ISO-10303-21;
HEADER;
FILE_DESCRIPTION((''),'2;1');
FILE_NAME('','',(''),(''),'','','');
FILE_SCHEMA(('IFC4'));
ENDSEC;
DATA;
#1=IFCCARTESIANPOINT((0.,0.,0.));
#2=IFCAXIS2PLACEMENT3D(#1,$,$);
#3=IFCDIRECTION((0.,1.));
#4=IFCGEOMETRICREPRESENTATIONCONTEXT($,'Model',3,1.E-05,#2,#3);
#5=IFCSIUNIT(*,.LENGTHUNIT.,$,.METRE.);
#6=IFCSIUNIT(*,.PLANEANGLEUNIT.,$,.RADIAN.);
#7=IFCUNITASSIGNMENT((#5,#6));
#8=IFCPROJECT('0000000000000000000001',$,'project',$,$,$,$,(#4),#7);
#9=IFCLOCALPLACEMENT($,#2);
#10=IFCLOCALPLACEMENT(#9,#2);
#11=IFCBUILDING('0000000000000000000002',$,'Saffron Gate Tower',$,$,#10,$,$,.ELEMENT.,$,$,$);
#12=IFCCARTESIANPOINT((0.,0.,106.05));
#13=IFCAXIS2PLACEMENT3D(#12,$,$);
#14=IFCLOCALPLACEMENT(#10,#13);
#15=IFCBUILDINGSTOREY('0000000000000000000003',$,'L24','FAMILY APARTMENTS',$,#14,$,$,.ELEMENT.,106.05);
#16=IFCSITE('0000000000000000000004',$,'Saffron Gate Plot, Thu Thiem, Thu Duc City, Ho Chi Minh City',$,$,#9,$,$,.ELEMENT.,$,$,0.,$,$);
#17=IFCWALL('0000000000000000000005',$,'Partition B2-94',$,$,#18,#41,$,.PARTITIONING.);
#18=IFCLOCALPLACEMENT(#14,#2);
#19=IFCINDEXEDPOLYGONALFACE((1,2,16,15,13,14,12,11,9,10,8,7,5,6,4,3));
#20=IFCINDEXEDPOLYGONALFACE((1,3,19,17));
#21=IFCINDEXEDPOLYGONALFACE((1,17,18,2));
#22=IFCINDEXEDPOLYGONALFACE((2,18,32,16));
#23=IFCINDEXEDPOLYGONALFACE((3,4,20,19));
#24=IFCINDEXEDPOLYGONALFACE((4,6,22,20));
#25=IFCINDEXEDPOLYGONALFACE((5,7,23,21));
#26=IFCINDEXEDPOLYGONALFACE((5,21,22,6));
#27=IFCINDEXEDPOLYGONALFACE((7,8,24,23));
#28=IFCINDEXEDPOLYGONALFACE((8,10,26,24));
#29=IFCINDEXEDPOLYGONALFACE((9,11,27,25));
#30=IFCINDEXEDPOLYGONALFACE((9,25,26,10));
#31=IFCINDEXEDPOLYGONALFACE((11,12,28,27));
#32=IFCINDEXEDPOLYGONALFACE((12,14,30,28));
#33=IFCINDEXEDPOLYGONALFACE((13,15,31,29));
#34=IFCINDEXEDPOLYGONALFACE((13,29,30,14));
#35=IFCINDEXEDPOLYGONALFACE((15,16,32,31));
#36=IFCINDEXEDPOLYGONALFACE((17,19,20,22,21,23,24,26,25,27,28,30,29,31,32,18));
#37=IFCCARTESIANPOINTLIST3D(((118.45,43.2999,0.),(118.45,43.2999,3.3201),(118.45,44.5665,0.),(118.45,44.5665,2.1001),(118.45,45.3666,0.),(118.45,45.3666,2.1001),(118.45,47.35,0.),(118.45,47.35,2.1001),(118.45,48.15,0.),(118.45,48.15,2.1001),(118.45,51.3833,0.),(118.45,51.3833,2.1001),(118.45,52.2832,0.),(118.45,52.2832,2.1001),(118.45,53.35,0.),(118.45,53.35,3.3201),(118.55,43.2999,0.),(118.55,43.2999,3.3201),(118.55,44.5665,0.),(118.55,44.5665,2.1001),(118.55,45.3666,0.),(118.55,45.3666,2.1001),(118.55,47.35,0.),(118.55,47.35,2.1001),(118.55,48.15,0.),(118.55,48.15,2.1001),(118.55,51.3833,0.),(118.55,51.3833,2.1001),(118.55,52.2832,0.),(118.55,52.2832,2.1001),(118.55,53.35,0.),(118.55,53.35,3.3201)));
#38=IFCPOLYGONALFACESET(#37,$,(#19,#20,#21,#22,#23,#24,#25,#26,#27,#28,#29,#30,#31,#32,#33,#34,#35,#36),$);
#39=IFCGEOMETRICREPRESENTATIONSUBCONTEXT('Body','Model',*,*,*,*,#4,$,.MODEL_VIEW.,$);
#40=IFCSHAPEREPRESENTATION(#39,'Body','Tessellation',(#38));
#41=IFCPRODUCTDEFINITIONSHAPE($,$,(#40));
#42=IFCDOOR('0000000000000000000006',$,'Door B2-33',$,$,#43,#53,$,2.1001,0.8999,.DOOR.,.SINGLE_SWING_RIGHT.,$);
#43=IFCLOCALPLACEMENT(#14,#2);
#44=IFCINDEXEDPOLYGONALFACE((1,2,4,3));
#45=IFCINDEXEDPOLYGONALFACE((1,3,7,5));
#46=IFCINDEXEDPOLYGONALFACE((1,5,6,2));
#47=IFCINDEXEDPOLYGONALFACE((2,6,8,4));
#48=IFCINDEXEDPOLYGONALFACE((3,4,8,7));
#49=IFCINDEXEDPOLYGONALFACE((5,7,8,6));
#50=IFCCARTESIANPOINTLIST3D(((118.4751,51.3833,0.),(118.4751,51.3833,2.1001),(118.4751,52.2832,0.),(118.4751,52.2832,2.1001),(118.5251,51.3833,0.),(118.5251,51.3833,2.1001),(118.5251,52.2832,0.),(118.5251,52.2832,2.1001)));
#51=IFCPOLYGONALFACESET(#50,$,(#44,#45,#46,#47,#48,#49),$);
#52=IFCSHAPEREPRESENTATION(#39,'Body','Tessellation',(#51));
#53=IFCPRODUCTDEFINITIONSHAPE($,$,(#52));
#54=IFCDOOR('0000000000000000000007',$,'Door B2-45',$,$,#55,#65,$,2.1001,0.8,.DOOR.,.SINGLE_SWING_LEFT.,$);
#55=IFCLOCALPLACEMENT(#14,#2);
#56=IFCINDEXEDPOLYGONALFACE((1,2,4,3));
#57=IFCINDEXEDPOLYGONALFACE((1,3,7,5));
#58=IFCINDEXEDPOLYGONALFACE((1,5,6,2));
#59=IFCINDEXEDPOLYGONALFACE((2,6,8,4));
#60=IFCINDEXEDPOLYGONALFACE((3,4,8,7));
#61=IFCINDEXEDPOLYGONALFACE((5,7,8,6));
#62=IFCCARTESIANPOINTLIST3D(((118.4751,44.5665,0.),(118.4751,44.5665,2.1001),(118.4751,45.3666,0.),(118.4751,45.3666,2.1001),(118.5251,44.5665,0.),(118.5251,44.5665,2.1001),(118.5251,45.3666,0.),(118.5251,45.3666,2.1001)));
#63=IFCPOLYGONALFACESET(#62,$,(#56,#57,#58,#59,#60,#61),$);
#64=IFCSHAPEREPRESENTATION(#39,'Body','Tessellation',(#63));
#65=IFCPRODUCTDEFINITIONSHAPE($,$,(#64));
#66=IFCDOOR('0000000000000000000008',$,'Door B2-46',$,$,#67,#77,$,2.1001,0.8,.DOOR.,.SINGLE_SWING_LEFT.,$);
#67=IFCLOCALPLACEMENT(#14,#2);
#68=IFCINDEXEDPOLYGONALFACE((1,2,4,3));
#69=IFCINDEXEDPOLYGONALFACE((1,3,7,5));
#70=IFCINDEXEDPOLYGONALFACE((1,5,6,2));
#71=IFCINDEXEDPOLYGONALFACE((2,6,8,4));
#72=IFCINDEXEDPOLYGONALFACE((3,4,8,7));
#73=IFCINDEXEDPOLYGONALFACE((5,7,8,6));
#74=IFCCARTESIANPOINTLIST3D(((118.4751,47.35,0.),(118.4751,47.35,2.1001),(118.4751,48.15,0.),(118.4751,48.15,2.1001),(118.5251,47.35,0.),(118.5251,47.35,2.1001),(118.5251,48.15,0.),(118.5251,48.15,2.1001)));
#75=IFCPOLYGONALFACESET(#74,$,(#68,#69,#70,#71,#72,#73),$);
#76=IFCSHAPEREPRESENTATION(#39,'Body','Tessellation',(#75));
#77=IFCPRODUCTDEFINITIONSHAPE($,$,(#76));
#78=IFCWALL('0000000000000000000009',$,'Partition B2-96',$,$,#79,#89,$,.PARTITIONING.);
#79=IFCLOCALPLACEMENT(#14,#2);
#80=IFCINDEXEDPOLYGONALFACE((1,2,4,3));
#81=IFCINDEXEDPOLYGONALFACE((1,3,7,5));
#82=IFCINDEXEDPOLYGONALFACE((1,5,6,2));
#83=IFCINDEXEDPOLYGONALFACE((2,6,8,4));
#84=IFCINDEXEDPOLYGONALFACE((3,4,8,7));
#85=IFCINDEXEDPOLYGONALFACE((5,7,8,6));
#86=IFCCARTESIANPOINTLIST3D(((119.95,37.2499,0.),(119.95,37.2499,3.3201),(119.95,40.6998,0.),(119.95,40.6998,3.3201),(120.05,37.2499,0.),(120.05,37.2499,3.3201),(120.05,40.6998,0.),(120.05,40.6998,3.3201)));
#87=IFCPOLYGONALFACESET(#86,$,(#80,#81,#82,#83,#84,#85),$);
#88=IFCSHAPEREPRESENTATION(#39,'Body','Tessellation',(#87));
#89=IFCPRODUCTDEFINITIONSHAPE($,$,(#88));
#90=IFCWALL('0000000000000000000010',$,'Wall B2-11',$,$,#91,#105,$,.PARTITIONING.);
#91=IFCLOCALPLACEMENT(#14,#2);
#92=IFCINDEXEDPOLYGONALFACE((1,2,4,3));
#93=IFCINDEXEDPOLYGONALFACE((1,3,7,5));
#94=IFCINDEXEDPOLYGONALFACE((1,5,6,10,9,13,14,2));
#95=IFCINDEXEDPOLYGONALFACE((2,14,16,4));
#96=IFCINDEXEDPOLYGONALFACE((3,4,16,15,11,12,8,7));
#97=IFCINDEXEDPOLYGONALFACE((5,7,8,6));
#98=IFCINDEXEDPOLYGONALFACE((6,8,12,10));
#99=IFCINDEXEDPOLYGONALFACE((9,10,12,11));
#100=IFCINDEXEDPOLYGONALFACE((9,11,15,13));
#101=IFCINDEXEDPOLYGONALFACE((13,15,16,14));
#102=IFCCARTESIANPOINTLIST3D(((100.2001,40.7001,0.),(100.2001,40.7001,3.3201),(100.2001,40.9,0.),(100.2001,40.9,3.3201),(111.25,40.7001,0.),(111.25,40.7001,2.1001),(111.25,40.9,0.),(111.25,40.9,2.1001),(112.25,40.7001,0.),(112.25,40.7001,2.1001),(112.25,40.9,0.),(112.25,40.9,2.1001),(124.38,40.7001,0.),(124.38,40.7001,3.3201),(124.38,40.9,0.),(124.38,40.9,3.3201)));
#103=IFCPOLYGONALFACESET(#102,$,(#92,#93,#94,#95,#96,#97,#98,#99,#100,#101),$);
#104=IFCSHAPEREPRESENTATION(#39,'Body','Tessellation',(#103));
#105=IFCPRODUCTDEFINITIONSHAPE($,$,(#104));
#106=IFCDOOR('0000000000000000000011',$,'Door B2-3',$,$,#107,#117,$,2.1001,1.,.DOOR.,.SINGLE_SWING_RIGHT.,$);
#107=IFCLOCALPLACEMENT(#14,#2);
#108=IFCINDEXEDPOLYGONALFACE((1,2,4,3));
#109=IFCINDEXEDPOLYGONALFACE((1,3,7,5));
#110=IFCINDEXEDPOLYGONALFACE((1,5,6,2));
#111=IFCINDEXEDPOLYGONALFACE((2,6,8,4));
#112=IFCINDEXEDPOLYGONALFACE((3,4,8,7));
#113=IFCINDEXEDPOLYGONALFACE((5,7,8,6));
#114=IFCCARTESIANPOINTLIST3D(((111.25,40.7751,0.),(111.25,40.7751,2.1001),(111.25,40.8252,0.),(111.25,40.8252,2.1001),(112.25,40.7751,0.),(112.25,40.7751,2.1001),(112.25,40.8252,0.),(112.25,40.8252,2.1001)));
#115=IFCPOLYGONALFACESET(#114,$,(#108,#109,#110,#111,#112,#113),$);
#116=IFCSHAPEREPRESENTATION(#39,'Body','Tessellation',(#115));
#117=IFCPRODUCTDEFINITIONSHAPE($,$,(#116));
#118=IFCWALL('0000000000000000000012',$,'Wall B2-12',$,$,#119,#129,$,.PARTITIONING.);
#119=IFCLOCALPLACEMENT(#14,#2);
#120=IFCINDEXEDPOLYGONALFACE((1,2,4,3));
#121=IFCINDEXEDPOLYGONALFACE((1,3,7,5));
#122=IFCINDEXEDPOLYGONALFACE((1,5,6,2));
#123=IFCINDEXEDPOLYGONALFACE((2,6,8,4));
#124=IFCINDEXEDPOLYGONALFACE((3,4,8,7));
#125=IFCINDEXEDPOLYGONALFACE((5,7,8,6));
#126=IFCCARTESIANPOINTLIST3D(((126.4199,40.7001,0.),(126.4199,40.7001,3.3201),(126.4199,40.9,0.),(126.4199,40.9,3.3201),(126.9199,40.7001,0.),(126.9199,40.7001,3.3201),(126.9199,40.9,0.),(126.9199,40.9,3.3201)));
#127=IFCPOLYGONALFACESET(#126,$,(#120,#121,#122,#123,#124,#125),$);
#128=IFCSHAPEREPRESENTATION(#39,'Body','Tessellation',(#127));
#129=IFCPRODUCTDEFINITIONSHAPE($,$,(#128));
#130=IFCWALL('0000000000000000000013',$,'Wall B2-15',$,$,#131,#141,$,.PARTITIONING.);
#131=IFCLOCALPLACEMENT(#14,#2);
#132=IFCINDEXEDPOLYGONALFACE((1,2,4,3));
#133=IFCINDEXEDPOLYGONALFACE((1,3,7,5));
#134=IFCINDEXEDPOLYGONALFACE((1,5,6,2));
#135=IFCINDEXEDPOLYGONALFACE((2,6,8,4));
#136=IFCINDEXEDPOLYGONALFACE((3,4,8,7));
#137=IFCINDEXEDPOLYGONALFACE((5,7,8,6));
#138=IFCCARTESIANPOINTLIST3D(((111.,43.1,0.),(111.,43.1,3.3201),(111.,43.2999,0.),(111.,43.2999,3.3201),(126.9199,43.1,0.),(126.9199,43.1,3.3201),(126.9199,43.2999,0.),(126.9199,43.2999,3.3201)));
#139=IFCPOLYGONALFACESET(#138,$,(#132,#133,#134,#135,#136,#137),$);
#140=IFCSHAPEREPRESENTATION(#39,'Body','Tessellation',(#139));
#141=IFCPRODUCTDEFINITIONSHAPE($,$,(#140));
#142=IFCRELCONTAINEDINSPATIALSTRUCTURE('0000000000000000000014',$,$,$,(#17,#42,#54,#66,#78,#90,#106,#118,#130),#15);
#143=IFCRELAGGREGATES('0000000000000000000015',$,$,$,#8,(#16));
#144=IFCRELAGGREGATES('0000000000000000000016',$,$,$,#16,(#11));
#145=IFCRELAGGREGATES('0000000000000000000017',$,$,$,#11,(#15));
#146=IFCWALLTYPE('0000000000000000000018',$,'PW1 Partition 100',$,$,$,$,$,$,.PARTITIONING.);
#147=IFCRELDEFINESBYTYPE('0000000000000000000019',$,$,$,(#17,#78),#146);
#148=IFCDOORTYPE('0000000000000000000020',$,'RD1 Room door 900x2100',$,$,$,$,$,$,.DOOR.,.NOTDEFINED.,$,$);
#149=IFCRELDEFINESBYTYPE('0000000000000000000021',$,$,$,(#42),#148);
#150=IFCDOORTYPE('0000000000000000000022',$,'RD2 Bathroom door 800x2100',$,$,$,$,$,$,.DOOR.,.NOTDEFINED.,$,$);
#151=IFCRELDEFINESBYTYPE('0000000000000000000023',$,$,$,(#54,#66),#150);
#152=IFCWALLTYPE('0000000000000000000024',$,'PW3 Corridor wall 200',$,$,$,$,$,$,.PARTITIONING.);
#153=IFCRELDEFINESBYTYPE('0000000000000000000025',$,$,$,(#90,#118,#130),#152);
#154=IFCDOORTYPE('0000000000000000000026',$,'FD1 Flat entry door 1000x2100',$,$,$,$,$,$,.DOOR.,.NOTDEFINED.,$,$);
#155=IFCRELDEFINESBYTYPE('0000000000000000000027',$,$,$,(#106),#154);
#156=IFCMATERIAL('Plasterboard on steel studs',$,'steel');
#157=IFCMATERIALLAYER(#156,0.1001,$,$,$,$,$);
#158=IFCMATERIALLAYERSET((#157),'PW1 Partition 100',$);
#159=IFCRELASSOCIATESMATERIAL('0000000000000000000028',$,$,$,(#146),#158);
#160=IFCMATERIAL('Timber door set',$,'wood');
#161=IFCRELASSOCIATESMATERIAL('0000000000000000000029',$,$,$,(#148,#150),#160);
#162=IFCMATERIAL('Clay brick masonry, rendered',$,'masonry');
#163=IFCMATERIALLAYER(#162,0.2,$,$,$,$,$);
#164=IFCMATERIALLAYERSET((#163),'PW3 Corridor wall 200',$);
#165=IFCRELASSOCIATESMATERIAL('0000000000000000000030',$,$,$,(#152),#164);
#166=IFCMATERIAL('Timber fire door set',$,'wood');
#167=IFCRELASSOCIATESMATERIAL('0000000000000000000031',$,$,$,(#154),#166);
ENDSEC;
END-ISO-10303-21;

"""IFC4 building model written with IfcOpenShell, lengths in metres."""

from ifc_helpers import new_model, si_unit, direction, frame, frame_2d, origin, place, context, subcontext, project, spatial, rectangle, extrude, material, layer, layer_set, type_object, element, fill, save


model = new_model("IFC4")

# Units and contexts
model_context = context("Model", 3, precision=1e-05, world=origin(), true_north=direction((0.0, 1.0)))
body_context = subcontext(model_context, "Body", "Model", "MODEL_VIEW")
ifc_project = project(units=[si_unit("LENGTHUNIT", "METRE"), si_unit("PLANEANGLEUNIT", "RADIAN")], contexts=[model_context])

# Site, building, storey
site_placement = place(None, origin())
site = spatial("IfcSite", under=ifc_project, at=site_placement, Name="Saffron Gate Plot, Thu Thiem, Thu Duc City, Ho Chi Minh City", CompositionType="ELEMENT", RefElevation=0.0)
building_placement = place(site_placement, origin())
building = spatial("IfcBuilding", under=site, at=building_placement, Name="Saffron Gate Tower", CompositionType="ELEMENT")
storey_placement = place(building_placement, frame((0.0, 0.0, 106.05)))
storey = spatial("IfcBuildingStorey", under=building, at=storey_placement, Name="L24", Description="FAMILY APARTMENTS", CompositionType="ELEMENT", Elevation=106.05)

# Shared definitions
ifc_material_1 = material(Name="Plasterboard on steel studs", Category="steel")
ifc_layer_1 = layer(ifc_material_1, 0.1001)
ifc_layer_set_1 = layer_set([ifc_layer_1], Name="PW1 Partition 100")
wall_type_1 = type_object("IfcWallType", Name="PW1 Partition 100", PredefinedType="PARTITIONING", material=ifc_layer_set_1)

# Wall, openings, doors
wall_1_placement = place(storey_placement, frame((118.5, 43.3, 0.0), z_axis=(0.0, 0.0, 1.0), x_axis=(0.0, 1.0, 0.0)))
wall_1 = element("IfcWall", 1, at=wall_1_placement, inside=storey, type_object=wall_type_1, Name="Partition B2-94", PredefinedType="PARTITIONING", context=body_context, shape_type="SweptSolid", body=[
    extrude(rectangle(XDim=10.05, YDim=0.1001, at=frame_2d((5.0249, 0.0))), origin(), (0.0, 0.0, 1.0), 3.3201),
])
opening_1_placement = place(wall_1_placement, frame((1.2666, 0.0, 0.0)))
opening_1 = element("IfcOpeningElement", 2, at=opening_1_placement, cuts=wall_1, PredefinedType="OPENING", context=body_context, shape_type="SweptSolid", body=[
    extrude(rectangle(XDim=0.8, YDim=2.1001, at=frame_2d((0.3999, 1.05))), frame((0.0, 0.0601, 0.0), z_axis=(0.0, -1.0, 0.0), x_axis=(1.0, 0.0, 0.0)), (0.0, 0.0, 1.0), 0.1201),
])
opening_2_placement = place(wall_1_placement, frame((4.05, 0.0, 0.0)))
opening_2 = element("IfcOpeningElement", 3, at=opening_2_placement, cuts=wall_1, PredefinedType="OPENING", context=body_context, shape_type="SweptSolid", body=[
    extrude(rectangle(XDim=0.8, YDim=2.1001, at=frame_2d((0.3999, 1.05))), frame((0.0, 0.0601, 0.0), z_axis=(0.0, -1.0, 0.0), x_axis=(1.0, 0.0, 0.0)), (0.0, 0.0, 1.0), 0.1201),
])
opening_3_placement = place(wall_1_placement, frame((8.0833, 0.0, 0.0)))
opening_3 = element("IfcOpeningElement", 4, at=opening_3_placement, cuts=wall_1, PredefinedType="OPENING", context=body_context, shape_type="SweptSolid", body=[
    extrude(rectangle(XDim=0.8999, YDim=2.1001, at=frame_2d((0.45, 1.05))), frame((0.0, 0.0601, 0.0), z_axis=(0.0, -1.0, 0.0), x_axis=(1.0, 0.0, 0.0)), (0.0, 0.0, 1.0), 0.1201),
])
ifc_material_2 = material(Name="Timber door set", Category="wood")
door_type_1 = type_object("IfcDoorType", Name="RD1 Room door 900x2100", OperationType="NOTDEFINED", PredefinedType="DOOR", material=ifc_material_2)
door_1_placement = place(opening_3_placement, origin())
door_1 = element("IfcDoor", 5, at=door_1_placement, inside=storey, type_object=door_type_1, Name="Door B2-33", OperationType="SINGLE_SWING_RIGHT", OverallHeight=2.1001, OverallWidth=0.8999, PredefinedType="DOOR", context=body_context, shape_type="SweptSolid", body=[
    extrude(rectangle(XDim=0.8999, YDim=2.1001, at=frame_2d((0.45, 1.05))), frame((0.0, 0.0249, 0.0), z_axis=(0.0, -1.0, 0.0), x_axis=(1.0, 0.0, 0.0)), (0.0, 0.0, 1.0), 0.05),
])
fill(opening_3, door_1)
door_type_2 = type_object("IfcDoorType", Name="RD2 Bathroom door 800x2100", OperationType="NOTDEFINED", PredefinedType="DOOR", material=ifc_material_2)
door_2_placement = place(opening_1_placement, origin())
door_2 = element("IfcDoor", 6, at=door_2_placement, inside=storey, type_object=door_type_2, Name="Door B2-45", OperationType="SINGLE_SWING_LEFT", OverallHeight=2.1001, OverallWidth=0.8, PredefinedType="DOOR", context=body_context, shape_type="SweptSolid", body=[
    extrude(rectangle(XDim=0.8, YDim=2.1001, at=frame_2d((0.3999, 1.05))), frame((0.0, 0.0249, 0.0), z_axis=(0.0, -1.0, 0.0), x_axis=(1.0, 0.0, 0.0)), (0.0, 0.0, 1.0), 0.05),
])
fill(opening_1, door_2)
door_3_placement = place(opening_2_placement, origin())
door_3 = element("IfcDoor", 7, at=door_3_placement, inside=storey, type_object=door_type_2, Name="Door B2-46", OperationType="SINGLE_SWING_LEFT", OverallHeight=2.1001, OverallWidth=0.8, PredefinedType="DOOR", context=body_context, shape_type="SweptSolid", body=[
    extrude(rectangle(XDim=0.8, YDim=2.1001, at=frame_2d((0.3999, 1.05))), frame((0.0, 0.0249, 0.0), z_axis=(0.0, -1.0, 0.0), x_axis=(1.0, 0.0, 0.0)), (0.0, 0.0, 1.0), 0.05),
])
fill(opening_2, door_3)

# Wall
wall_2_placement = place(storey_placement, frame((120.0, 40.7, 0.0), z_axis=(0.0, 0.0, 1.0), x_axis=(0.0, -1.0, 0.0)))
element("IfcWall", 8, at=wall_2_placement, inside=storey, type_object=wall_type_1, Name="Partition B2-96", PredefinedType="PARTITIONING", context=body_context, shape_type="SweptSolid", body=[
    extrude(rectangle(XDim=3.45, YDim=0.1001, at=frame_2d((1.7251, 0.0))), origin(), (0.0, 0.0, 1.0), 3.3201),
])

# Wall, opening, door
ifc_material_3 = material(Name="Clay brick masonry, rendered", Category="masonry")
ifc_layer_2 = layer(ifc_material_3, 0.2)
ifc_layer_set_2 = layer_set([ifc_layer_2], Name="PW3 Corridor wall 200")
wall_type_2 = type_object("IfcWallType", Name="PW3 Corridor wall 200", PredefinedType="PARTITIONING", material=ifc_layer_set_2)
wall_3_placement = place(storey_placement, frame((124.3799, 40.8, 0.0), z_axis=(0.0, 0.0, 1.0), x_axis=(-1.0, 0.0, 0.0)))
wall_3 = element("IfcWall", 9, at=wall_3_placement, inside=storey, type_object=wall_type_2, Name="Wall B2-11", PredefinedType="PARTITIONING", context=body_context, shape_type="SweptSolid", body=[
    extrude(rectangle(XDim=24.1799, YDim=0.2, at=frame_2d((12.0898, 0.0))), origin(), (0.0, 0.0, 1.0), 3.3201),
])
opening_4_placement = place(wall_3_placement, frame((12.1299, 0.0, 0.0)))
opening_4 = element("IfcOpeningElement", 10, at=opening_4_placement, cuts=wall_3, PredefinedType="OPENING", context=body_context, shape_type="SweptSolid", body=[
    extrude(rectangle(XDim=1.0, YDim=2.1001, at=frame_2d((0.5, 1.05))), frame((0.0, 0.1099, 0.0), z_axis=(0.0, -1.0, 0.0), x_axis=(1.0, 0.0, 0.0)), (0.0, 0.0, 1.0), 0.22),
])
ifc_material_4 = material(Name="Timber fire door set", Category="wood")
door_type_3 = type_object("IfcDoorType", Name="FD1 Flat entry door 1000x2100", OperationType="NOTDEFINED", PredefinedType="DOOR", material=ifc_material_4)
door_4_placement = place(opening_4_placement, origin())
door_4 = element("IfcDoor", 11, at=door_4_placement, inside=storey, type_object=door_type_3, Name="Door B2-3", OperationType="SINGLE_SWING_RIGHT", OverallHeight=2.1001, OverallWidth=1.0, PredefinedType="DOOR", context=body_context, shape_type="SweptSolid", body=[
    extrude(rectangle(XDim=1.0, YDim=2.1001, at=frame_2d((0.5, 1.05))), frame((0.0, 0.0249, 0.0), z_axis=(0.0, -1.0, 0.0), x_axis=(1.0, 0.0, 0.0)), (0.0, 0.0, 1.0), 0.05),
])
fill(opening_4, door_4)

# Walls
wall_4_placement = place(storey_placement, frame((126.4199, 40.8, 0.0), z_axis=(0.0, 0.0, 1.0), x_axis=(1.0, 0.0, 0.0)))
element("IfcWall", 12, at=wall_4_placement, inside=storey, type_object=wall_type_2, Name="Wall B2-12", PredefinedType="PARTITIONING", context=body_context, shape_type="SweptSolid", body=[
    extrude(rectangle(XDim=0.5, YDim=0.2, at=frame_2d((0.25, 0.0))), origin(), (0.0, 0.0, 1.0), 3.3201),
])
wall_5_placement = place(storey_placement, frame((111.0, 43.2, 0.0), z_axis=(0.0, 0.0, 1.0), x_axis=(1.0, 0.0, 0.0)))
element("IfcWall", 13, at=wall_5_placement, inside=storey, type_object=wall_type_2, Name="Wall B2-15", PredefinedType="PARTITIONING", context=body_context, shape_type="SweptSolid", body=[
    extrude(rectangle(XDim=15.9199, YDim=0.2, at=frame_2d((7.96, 0.0))), origin(), (0.0, 0.0, 1.0), 3.3201),
])

save(model, "model.ifc")
